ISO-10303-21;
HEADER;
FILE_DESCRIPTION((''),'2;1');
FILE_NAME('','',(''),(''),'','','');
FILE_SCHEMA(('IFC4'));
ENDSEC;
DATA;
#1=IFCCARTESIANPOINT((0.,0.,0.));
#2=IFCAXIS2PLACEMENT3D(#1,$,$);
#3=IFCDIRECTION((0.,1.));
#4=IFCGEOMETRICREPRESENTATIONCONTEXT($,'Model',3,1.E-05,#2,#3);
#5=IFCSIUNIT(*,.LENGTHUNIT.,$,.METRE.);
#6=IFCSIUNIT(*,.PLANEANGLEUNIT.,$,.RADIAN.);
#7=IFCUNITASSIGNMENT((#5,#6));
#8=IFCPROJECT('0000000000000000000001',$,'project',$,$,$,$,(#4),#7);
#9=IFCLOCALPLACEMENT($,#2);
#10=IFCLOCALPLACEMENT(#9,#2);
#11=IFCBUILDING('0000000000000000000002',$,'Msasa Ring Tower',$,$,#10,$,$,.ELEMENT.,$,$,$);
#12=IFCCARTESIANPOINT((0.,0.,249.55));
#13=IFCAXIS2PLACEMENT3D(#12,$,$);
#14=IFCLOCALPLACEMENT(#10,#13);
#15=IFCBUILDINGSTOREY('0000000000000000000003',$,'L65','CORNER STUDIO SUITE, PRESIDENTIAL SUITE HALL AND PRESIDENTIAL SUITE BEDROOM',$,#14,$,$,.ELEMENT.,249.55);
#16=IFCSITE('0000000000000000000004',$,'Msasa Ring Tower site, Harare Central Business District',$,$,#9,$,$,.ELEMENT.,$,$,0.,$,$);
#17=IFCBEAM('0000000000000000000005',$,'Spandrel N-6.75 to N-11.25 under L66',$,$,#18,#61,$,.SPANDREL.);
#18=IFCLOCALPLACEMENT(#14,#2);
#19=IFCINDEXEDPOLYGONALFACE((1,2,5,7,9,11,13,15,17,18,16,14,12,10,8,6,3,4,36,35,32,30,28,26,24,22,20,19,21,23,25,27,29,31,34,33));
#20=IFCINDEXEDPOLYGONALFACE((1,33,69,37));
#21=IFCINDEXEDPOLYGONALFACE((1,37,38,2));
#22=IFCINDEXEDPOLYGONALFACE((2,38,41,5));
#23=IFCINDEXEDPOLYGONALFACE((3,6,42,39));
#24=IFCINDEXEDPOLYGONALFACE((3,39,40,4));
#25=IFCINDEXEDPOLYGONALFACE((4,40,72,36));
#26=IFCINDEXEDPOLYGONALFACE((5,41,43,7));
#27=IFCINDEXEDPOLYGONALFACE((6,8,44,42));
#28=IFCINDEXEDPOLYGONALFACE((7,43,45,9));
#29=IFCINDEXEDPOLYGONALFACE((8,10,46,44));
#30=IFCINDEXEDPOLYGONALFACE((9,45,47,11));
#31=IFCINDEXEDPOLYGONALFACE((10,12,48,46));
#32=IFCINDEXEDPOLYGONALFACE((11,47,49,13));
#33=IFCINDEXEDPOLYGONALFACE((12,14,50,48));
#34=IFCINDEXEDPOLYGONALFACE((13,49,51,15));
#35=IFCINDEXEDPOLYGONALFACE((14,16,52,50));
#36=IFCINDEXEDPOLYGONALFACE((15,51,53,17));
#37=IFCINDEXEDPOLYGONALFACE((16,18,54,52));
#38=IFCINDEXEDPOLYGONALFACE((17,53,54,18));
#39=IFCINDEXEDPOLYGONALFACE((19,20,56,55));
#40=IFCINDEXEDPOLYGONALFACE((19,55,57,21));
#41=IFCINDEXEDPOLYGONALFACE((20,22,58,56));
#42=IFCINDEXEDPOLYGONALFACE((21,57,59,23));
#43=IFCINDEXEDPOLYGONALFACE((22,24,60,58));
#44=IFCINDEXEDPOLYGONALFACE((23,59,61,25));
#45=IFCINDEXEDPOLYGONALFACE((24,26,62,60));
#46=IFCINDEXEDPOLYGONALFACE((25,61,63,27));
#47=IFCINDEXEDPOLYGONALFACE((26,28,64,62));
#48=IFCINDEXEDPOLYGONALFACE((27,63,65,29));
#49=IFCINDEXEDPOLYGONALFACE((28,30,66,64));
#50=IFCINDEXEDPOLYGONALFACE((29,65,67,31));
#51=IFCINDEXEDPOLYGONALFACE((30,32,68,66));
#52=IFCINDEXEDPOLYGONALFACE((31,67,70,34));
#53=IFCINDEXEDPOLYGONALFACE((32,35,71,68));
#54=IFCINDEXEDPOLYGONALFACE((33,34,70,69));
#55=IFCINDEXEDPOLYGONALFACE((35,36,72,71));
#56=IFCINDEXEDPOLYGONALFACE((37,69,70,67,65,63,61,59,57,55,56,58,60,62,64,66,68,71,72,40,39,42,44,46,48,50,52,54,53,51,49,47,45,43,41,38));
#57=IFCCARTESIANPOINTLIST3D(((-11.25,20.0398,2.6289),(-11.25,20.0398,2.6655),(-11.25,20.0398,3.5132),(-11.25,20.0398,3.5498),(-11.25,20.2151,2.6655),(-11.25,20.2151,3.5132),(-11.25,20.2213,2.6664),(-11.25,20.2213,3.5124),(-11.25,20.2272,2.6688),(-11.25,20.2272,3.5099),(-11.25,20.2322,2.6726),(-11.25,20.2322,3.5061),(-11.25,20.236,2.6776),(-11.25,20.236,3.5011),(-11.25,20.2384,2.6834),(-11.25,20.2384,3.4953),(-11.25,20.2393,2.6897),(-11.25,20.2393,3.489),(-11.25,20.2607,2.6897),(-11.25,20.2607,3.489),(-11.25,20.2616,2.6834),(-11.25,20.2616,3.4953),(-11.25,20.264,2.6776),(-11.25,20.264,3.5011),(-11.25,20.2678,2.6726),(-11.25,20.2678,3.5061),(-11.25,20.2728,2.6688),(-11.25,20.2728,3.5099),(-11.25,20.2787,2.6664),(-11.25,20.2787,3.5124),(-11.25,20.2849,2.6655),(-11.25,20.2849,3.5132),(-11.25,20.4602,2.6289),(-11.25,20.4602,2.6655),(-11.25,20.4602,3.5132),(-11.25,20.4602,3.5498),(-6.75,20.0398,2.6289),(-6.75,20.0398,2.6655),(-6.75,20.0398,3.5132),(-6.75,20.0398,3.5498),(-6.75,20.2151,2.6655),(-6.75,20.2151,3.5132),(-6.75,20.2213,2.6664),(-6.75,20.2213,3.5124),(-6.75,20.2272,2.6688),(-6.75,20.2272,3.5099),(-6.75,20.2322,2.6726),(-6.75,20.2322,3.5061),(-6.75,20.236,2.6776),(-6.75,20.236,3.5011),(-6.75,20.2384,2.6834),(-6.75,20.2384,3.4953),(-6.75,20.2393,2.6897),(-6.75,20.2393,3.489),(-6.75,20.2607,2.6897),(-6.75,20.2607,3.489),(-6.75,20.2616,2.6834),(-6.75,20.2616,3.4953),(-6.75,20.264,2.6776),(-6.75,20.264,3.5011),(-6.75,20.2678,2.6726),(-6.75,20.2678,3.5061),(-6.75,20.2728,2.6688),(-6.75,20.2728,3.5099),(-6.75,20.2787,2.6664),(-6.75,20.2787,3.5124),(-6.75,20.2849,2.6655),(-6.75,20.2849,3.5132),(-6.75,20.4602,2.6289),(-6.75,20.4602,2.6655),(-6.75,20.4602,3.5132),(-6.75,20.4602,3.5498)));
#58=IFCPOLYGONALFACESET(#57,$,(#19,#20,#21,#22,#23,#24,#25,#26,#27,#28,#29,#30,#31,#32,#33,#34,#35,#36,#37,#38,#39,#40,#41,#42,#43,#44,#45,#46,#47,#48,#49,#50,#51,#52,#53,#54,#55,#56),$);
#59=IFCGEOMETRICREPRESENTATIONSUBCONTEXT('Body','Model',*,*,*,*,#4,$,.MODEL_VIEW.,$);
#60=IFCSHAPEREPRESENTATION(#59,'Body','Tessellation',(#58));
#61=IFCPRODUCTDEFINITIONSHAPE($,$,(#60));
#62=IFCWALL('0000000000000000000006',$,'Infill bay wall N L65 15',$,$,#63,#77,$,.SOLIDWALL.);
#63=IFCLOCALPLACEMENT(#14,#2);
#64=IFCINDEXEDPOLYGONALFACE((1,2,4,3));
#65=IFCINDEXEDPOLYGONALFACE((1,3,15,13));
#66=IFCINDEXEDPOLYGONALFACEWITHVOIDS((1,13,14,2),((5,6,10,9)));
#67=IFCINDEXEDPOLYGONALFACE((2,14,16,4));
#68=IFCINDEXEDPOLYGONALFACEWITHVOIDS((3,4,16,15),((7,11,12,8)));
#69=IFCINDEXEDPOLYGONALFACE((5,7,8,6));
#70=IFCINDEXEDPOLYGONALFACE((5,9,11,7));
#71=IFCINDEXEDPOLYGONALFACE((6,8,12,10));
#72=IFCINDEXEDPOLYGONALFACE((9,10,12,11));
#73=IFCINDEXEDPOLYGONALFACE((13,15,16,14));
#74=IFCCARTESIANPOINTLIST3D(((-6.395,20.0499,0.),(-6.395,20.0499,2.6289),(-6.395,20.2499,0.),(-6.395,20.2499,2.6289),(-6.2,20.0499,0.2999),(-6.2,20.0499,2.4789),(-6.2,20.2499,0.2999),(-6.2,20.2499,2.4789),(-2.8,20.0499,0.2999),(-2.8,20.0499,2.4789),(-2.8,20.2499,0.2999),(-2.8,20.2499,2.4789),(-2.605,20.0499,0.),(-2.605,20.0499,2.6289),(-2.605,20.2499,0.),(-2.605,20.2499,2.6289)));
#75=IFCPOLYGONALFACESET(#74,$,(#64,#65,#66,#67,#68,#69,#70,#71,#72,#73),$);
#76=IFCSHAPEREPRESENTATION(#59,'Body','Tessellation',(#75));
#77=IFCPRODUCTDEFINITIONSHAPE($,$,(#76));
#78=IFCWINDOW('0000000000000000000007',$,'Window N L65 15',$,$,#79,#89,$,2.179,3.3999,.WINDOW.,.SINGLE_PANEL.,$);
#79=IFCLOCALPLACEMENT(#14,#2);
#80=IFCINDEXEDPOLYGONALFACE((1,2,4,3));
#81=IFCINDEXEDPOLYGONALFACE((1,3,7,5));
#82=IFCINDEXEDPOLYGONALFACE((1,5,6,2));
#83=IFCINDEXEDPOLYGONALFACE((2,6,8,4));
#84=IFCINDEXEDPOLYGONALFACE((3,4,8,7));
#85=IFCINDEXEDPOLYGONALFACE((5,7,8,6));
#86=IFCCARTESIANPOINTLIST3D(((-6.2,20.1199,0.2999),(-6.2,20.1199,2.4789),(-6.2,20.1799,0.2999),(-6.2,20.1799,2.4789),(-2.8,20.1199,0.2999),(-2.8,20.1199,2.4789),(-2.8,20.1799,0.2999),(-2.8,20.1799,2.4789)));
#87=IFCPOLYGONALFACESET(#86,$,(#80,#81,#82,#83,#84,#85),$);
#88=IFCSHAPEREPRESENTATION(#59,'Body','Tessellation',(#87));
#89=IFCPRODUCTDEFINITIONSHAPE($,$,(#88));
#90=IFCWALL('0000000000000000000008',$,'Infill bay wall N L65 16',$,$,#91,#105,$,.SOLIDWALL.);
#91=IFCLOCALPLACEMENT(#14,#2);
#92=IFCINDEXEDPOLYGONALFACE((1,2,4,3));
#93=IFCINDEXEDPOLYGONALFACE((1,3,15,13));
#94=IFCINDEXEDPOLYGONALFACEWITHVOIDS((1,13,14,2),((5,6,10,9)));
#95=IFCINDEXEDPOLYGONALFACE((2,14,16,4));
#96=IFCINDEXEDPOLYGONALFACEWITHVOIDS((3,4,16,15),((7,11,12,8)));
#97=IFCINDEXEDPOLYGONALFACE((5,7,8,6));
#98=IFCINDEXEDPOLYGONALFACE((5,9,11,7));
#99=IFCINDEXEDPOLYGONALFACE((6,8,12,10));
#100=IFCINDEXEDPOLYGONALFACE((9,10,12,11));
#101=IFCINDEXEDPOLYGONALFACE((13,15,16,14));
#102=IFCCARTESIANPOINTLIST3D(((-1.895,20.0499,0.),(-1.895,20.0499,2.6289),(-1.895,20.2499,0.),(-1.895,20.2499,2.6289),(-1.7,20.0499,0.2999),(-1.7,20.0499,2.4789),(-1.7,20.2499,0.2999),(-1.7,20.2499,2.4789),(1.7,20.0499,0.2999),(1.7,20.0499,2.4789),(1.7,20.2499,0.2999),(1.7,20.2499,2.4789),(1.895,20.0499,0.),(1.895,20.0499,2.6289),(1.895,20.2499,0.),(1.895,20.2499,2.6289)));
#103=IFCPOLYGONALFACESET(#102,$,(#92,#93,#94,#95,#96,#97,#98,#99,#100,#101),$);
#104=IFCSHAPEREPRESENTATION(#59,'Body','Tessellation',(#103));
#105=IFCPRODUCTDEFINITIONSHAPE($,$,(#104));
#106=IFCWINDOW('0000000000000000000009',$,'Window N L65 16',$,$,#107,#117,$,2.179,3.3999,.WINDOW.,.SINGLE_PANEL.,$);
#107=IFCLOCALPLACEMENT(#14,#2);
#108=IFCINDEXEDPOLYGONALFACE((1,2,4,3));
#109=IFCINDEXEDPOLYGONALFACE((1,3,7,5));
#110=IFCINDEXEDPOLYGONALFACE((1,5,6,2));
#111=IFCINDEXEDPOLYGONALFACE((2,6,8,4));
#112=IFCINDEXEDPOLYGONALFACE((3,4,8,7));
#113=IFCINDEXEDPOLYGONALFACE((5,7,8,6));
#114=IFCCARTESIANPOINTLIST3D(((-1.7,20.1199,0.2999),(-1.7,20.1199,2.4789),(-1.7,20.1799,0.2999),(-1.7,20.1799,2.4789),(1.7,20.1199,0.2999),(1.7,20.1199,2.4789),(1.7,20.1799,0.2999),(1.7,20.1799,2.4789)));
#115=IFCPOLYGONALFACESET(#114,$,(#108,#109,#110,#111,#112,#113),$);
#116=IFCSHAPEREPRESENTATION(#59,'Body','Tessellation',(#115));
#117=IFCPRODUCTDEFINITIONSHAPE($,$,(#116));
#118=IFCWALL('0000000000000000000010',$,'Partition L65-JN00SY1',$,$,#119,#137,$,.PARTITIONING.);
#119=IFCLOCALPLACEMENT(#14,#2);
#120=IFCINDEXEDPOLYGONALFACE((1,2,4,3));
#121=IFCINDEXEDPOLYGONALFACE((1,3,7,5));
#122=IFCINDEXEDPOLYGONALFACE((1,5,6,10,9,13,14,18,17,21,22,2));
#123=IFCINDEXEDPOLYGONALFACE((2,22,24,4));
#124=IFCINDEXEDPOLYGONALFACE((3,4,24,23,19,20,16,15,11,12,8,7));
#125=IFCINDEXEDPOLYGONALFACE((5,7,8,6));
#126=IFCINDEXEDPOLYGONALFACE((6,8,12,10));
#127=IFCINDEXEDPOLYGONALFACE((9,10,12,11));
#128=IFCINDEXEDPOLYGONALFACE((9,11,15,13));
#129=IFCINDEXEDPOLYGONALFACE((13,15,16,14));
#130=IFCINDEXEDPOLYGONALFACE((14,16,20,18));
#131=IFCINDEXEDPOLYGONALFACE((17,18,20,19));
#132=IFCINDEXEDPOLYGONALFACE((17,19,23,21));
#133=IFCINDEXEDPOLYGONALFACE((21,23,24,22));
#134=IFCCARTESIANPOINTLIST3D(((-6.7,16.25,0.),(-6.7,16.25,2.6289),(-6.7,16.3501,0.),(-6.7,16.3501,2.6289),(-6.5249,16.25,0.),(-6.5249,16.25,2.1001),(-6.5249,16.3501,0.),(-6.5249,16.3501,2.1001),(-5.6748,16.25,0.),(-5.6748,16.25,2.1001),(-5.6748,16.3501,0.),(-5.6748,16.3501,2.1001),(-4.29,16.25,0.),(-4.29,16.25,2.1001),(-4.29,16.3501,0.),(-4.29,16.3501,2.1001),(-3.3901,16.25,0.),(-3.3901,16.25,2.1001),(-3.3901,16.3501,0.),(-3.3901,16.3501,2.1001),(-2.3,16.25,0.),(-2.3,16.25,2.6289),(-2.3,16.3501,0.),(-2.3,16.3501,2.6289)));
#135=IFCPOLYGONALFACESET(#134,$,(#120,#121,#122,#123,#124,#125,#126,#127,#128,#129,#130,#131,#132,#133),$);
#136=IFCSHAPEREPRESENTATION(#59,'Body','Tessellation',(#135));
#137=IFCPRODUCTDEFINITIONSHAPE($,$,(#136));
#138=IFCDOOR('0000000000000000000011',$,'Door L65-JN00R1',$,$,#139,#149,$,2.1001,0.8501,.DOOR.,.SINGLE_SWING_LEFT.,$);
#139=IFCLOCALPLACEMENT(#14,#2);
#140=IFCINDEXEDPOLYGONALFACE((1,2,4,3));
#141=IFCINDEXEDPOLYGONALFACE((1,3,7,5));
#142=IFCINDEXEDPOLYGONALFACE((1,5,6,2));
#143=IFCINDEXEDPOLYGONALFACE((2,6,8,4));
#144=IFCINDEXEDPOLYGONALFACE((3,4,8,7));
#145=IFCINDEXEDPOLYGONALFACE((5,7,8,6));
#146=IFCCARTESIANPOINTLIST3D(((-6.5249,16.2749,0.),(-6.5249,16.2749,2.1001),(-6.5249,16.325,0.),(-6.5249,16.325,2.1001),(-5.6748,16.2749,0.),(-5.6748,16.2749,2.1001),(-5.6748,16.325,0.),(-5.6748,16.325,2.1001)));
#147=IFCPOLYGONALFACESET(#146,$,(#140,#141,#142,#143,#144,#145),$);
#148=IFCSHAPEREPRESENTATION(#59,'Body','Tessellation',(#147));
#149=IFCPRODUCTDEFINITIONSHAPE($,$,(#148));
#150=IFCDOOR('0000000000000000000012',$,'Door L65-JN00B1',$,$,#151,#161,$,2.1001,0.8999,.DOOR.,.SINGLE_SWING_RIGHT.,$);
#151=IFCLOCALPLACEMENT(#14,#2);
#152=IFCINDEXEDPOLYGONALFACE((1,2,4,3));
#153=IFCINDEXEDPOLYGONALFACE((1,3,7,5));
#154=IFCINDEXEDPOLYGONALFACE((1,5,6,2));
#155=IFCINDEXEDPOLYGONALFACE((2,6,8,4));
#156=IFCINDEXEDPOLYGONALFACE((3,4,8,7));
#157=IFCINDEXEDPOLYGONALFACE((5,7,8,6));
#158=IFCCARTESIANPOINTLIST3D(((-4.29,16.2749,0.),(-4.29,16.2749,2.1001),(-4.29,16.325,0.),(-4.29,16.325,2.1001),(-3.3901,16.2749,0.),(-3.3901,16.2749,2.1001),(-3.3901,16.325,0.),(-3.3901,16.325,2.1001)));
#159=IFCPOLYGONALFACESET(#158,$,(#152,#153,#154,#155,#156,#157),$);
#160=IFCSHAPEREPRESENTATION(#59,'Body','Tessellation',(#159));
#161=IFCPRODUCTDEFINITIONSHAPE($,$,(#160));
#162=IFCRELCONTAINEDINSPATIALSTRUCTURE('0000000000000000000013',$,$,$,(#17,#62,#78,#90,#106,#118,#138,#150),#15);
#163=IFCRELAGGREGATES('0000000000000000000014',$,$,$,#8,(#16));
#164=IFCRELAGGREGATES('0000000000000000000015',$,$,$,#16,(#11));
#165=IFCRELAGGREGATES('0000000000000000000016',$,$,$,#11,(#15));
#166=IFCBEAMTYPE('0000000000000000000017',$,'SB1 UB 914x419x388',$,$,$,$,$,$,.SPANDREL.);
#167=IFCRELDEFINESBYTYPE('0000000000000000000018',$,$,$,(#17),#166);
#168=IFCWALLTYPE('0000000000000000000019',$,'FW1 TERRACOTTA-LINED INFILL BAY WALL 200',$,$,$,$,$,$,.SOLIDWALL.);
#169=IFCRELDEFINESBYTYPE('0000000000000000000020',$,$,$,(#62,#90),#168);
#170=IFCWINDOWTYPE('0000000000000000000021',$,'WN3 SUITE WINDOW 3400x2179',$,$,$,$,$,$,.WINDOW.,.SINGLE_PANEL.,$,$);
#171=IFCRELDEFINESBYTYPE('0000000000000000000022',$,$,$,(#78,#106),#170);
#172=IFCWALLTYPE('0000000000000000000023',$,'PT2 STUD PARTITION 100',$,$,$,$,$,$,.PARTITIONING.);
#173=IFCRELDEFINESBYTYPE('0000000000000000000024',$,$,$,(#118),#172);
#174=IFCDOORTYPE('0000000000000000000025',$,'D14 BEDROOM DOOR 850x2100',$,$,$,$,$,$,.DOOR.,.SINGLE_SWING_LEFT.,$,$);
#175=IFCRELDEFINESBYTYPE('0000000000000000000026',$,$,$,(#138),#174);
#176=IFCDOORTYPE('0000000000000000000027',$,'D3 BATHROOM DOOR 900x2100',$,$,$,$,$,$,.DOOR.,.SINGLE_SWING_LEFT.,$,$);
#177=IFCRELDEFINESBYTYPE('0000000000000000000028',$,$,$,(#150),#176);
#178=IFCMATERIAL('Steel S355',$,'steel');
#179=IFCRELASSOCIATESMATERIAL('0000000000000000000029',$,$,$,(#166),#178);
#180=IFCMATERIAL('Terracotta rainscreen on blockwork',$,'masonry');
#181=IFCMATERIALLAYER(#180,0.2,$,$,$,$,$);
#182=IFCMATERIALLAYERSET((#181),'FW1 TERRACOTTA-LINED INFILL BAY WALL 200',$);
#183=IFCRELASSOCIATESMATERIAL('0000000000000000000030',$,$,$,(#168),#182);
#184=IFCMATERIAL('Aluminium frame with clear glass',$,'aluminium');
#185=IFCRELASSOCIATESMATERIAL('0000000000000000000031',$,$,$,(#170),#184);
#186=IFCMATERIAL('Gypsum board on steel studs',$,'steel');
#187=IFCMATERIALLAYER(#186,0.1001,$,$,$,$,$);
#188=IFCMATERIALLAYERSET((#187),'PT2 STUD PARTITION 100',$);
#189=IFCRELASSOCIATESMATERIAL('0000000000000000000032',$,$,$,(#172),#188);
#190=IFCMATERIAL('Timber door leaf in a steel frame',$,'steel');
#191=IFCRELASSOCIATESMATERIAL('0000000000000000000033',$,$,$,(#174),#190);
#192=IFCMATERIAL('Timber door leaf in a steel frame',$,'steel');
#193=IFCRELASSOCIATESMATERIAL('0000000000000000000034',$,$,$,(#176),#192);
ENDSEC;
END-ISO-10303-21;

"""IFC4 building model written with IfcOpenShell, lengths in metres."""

from ifc_helpers import new_model, si_unit, direction, frame, frame_2d, origin, origin_2d, place, context, subcontext, project, spatial, rectangle, i_section, extrude, material, layer, layer_set, material_profile, profile_set, type_object, element, fill, save


model = new_model("IFC4")

# Units and contexts
model_context = context("Model", 3, precision=1e-05, world=origin(), true_north=direction((0.0, 1.0)))
body_context = subcontext(model_context, "Body", "Model", "MODEL_VIEW")
ifc_project = project(units=[si_unit("LENGTHUNIT", "METRE"), si_unit("PLANEANGLEUNIT", "RADIAN")], contexts=[model_context])

# Site, building, storey
site_placement = place(None, origin())
site = spatial("IfcSite", under=ifc_project, at=site_placement, Name="Msasa Ring Tower site, Harare Central Business District", CompositionType="ELEMENT", RefElevation=0.0)
building_placement = place(site_placement, origin())
building = spatial("IfcBuilding", under=site, at=building_placement, Name="Msasa Ring Tower", CompositionType="ELEMENT")
storey_placement = place(building_placement, frame((0.0, 0.0, 249.55)))
storey = spatial("IfcBuildingStorey", under=building, at=storey_placement, Name="L65", Description="CORNER STUDIO SUITE, PRESIDENTIAL SUITE HALL AND PRESIDENTIAL SUITE BEDROOM", CompositionType="ELEMENT", Elevation=249.55)

# Beam
ifc_material_1 = material(Name="Steel S355", Category="steel")
ifc_material_profile_1 = material_profile(ifc_material_1, i_section(OverallWidth=0.4204, OverallDepth=0.9209, WebThickness=0.0215, FlangeThickness=0.0366, FilletRadius=0.0242, at=origin_2d()), Name="UB 914x419x388")
ifc_profile_set_1 = profile_set([ifc_material_profile_1], Name="Steel S355")
beam_type_1 = type_object("IfcBeamType", Name="SB1 UB 914x419x388", PredefinedType="SPANDREL", material=ifc_profile_set_1)
for number, where, z_axis, x_axis, name in (
    (1, (-6.75, 20.25, 3.0894), (-1.0, 0.0, 0.0), (0.0, -1.0, 0.0), "Spandrel N-6.75 to N-11.25 under L66"),
):
    element("IfcBeam", number, at=place(storey_placement, frame(where, z_axis=z_axis, x_axis=x_axis)), inside=storey, type_object=beam_type_1, Name=name, PredefinedType="SPANDREL", context=body_context, shape_type="SweptSolid", body=[
        extrude(i_section(OverallWidth=0.4204, OverallDepth=0.9209, WebThickness=0.0215, FlangeThickness=0.0366, FilletRadius=0.0242, at=origin_2d()), origin(), (0.0, 0.0, 1.0), 4.5),
    ])

# Walls, openings, windows
ifc_material_2 = material(Name="Terracotta rainscreen on blockwork", Category="masonry")
ifc_layer_1 = layer(ifc_material_2, 0.2)
ifc_layer_set_1 = layer_set([ifc_layer_1], Name="FW1 TERRACOTTA-LINED INFILL BAY WALL 200")
wall_type_1 = type_object("IfcWallType", Name="FW1 TERRACOTTA-LINED INFILL BAY WALL 200", PredefinedType="SOLIDWALL", material=ifc_layer_set_1)
wall_1_placement = place(storey_placement, frame((-6.395, 20.1499, 0.0), z_axis=(0.0, 0.0, 1.0), x_axis=(1.0, 0.0, 0.0)))
wall_1 = element("IfcWall", 2, at=wall_1_placement, inside=storey, type_object=wall_type_1, Name="Infill bay wall N L65 15", PredefinedType="SOLIDWALL", context=body_context, shape_type="SweptSolid", body=[
    extrude(rectangle(XDim=3.79, YDim=0.2, at=frame_2d((1.895, 0.0))), origin(), (0.0, 0.0, 1.0), 2.6289),
])
opening_1_placement = place(wall_1_placement, frame((0.1951, 0.0, 0.3)))
opening_1 = element("IfcOpeningElement", 3, at=opening_1_placement, cuts=wall_1, PredefinedType="OPENING", context=body_context, shape_type="SweptSolid", body=[
    extrude(rectangle(XDim=3.3999, YDim=2.179, at=frame_2d((1.7, 1.0894))), frame((0.0, 0.1099, 0.0), z_axis=(0.0, -1.0, 0.0), x_axis=(1.0, 0.0, 0.0)), (0.0, 0.0, 1.0), 0.22),
])
ifc_material_3 = material(Name="Aluminium frame with clear glass", Category="aluminium")
window_type = type_object("IfcWindowType", Name="WN3 SUITE WINDOW 3400x2179", PartitioningType="SINGLE_PANEL", PredefinedType="WINDOW", material=ifc_material_3)
window_1_placement = place(opening_1_placement, origin())
window_1 = element("IfcWindow", 4, at=window_1_placement, inside=storey, type_object=window_type, Name="Window N L65 15", OverallHeight=2.179, OverallWidth=3.3999, PartitioningType="SINGLE_PANEL", PredefinedType="WINDOW", context=body_context, shape_type="SweptSolid", body=[
    extrude(rectangle(XDim=3.3999, YDim=2.179, at=frame_2d((1.7, 1.0894))), frame((0.0, 0.03, 0.0), z_axis=(0.0, -1.0, 0.0), x_axis=(1.0, 0.0, 0.0)), (0.0, 0.0, 1.0), 0.0601),
])
fill(opening_1, window_1)
wall_2_placement = place(storey_placement, frame((-1.895, 20.1499, 0.0), z_axis=(0.0, 0.0, 1.0), x_axis=(1.0, 0.0, 0.0)))
wall_2 = element("IfcWall", 5, at=wall_2_placement, inside=storey, type_object=wall_type_1, Name="Infill bay wall N L65 16", PredefinedType="SOLIDWALL", context=body_context, shape_type="SweptSolid", body=[
    extrude(rectangle(XDim=3.79, YDim=0.2, at=frame_2d((1.895, 0.0))), origin(), (0.0, 0.0, 1.0), 2.6289),
])
opening_2_placement = place(wall_2_placement, frame((0.1951, 0.0, 0.3)))
opening_2 = element("IfcOpeningElement", 6, at=opening_2_placement, cuts=wall_2, PredefinedType="OPENING", context=body_context, shape_type="SweptSolid", body=[
    extrude(rectangle(XDim=3.3999, YDim=2.179, at=frame_2d((1.7, 1.0894))), frame((0.0, 0.1099, 0.0), z_axis=(0.0, -1.0, 0.0), x_axis=(1.0, 0.0, 0.0)), (0.0, 0.0, 1.0), 0.22),
])
window_2_placement = place(opening_2_placement, origin())
window_2 = element("IfcWindow", 7, at=window_2_placement, inside=storey, type_object=window_type, Name="Window N L65 16", OverallHeight=2.179, OverallWidth=3.3999, PartitioningType="SINGLE_PANEL", PredefinedType="WINDOW", context=body_context, shape_type="SweptSolid", body=[
    extrude(rectangle(XDim=3.3999, YDim=2.179, at=frame_2d((1.7, 1.0894))), frame((0.0, 0.03, 0.0), z_axis=(0.0, -1.0, 0.0), x_axis=(1.0, 0.0, 0.0)), (0.0, 0.0, 1.0), 0.0601),
])
fill(opening_2, window_2)

# Wall, openings, doors
ifc_material_4 = material(Name="Gypsum board on steel studs", Category="steel")
ifc_layer_2 = layer(ifc_material_4, 0.1001)
ifc_layer_set_2 = layer_set([ifc_layer_2], Name="PT2 STUD PARTITION 100")
wall_type_2 = type_object("IfcWallType", Name="PT2 STUD PARTITION 100", PredefinedType="PARTITIONING", material=ifc_layer_set_2)
wall_3_placement = place(storey_placement, frame((-6.7, 16.3, 0.0), z_axis=(0.0, 0.0, 1.0), x_axis=(1.0, 0.0, 0.0)))
wall_3 = element("IfcWall", 8, at=wall_3_placement, inside=storey, type_object=wall_type_2, Name="Partition L65-JN00SY1", PredefinedType="PARTITIONING", context=body_context, shape_type="SweptSolid", body=[
    extrude(rectangle(XDim=4.3999, YDim=0.1001, at=frame_2d((2.2, 0.0))), origin(), (0.0, 0.0, 1.0), 2.6289),
])
opening_3_placement = place(wall_3_placement, frame((0.175, 0.0, 0.0)))
opening_3 = element("IfcOpeningElement", 9, at=opening_3_placement, cuts=wall_3, PredefinedType="OPENING", context=body_context, shape_type="SweptSolid", body=[
    extrude(rectangle(XDim=0.8501, YDim=2.1001, at=frame_2d((0.425, 1.05))), frame((0.0, 0.0601, 0.0), z_axis=(0.0, -1.0, 0.0), x_axis=(1.0, 0.0, 0.0)), (0.0, 0.0, 1.0), 0.1201),
])
opening_4_placement = place(wall_3_placement, frame((2.4099, 0.0, 0.0)))
opening_4 = element("IfcOpeningElement", 10, at=opening_4_placement, cuts=wall_3, PredefinedType="OPENING", context=body_context, shape_type="SweptSolid", body=[
    extrude(rectangle(XDim=0.8999, YDim=2.1001, at=frame_2d((0.45, 1.05))), frame((0.0, 0.0601, 0.0), z_axis=(0.0, -1.0, 0.0), x_axis=(1.0, 0.0, 0.0)), (0.0, 0.0, 1.0), 0.1201),
])
ifc_material_5 = material(Name="Timber door leaf in a steel frame", Category="steel")
door_type_1 = type_object("IfcDoorType", Name="D14 BEDROOM DOOR 850x2100", OperationType="SINGLE_SWING_LEFT", PredefinedType="DOOR", material=ifc_material_5)
door_1_placement = place(opening_3_placement, origin())
door_1 = element("IfcDoor", 11, at=door_1_placement, inside=storey, type_object=door_type_1, Name="Door L65-JN00R1", OperationType="SINGLE_SWING_LEFT", OverallHeight=2.1001, OverallWidth=0.8501, PredefinedType="DOOR", context=body_context, shape_type="SweptSolid", body=[
    extrude(rectangle(XDim=0.8501, YDim=2.1001, at=frame_2d((0.425, 1.05))), frame((0.0, 0.0249, 0.0), z_axis=(0.0, -1.0, 0.0), x_axis=(1.0, 0.0, 0.0)), (0.0, 0.0, 1.0), 0.05),
])
fill(opening_3, door_1)
ifc_material_6 = material(Name="Timber door leaf in a steel frame", Category="steel")
door_type_2 = type_object("IfcDoorType", Name="D3 BATHROOM DOOR 900x2100", OperationType="SINGLE_SWING_LEFT", PredefinedType="DOOR", material=ifc_material_6)
door_2_placement = place(opening_4_placement, origin())
door_2 = element("IfcDoor", 12, at=door_2_placement, inside=storey, type_object=door_type_2, Name="Door L65-JN00B1", OperationType="SINGLE_SWING_RIGHT", OverallHeight=2.1001, OverallWidth=0.8999, PredefinedType="DOOR", context=body_context, shape_type="SweptSolid", body=[
    extrude(rectangle(XDim=0.8999, YDim=2.1001, at=frame_2d((0.45, 1.05))), frame((0.0, 0.0249, 0.0), z_axis=(0.0, -1.0, 0.0), x_axis=(1.0, 0.0, 0.0)), (0.0, 0.0, 1.0), 0.05),
])
fill(opening_4, door_2)

save(model, "model.ifc")
